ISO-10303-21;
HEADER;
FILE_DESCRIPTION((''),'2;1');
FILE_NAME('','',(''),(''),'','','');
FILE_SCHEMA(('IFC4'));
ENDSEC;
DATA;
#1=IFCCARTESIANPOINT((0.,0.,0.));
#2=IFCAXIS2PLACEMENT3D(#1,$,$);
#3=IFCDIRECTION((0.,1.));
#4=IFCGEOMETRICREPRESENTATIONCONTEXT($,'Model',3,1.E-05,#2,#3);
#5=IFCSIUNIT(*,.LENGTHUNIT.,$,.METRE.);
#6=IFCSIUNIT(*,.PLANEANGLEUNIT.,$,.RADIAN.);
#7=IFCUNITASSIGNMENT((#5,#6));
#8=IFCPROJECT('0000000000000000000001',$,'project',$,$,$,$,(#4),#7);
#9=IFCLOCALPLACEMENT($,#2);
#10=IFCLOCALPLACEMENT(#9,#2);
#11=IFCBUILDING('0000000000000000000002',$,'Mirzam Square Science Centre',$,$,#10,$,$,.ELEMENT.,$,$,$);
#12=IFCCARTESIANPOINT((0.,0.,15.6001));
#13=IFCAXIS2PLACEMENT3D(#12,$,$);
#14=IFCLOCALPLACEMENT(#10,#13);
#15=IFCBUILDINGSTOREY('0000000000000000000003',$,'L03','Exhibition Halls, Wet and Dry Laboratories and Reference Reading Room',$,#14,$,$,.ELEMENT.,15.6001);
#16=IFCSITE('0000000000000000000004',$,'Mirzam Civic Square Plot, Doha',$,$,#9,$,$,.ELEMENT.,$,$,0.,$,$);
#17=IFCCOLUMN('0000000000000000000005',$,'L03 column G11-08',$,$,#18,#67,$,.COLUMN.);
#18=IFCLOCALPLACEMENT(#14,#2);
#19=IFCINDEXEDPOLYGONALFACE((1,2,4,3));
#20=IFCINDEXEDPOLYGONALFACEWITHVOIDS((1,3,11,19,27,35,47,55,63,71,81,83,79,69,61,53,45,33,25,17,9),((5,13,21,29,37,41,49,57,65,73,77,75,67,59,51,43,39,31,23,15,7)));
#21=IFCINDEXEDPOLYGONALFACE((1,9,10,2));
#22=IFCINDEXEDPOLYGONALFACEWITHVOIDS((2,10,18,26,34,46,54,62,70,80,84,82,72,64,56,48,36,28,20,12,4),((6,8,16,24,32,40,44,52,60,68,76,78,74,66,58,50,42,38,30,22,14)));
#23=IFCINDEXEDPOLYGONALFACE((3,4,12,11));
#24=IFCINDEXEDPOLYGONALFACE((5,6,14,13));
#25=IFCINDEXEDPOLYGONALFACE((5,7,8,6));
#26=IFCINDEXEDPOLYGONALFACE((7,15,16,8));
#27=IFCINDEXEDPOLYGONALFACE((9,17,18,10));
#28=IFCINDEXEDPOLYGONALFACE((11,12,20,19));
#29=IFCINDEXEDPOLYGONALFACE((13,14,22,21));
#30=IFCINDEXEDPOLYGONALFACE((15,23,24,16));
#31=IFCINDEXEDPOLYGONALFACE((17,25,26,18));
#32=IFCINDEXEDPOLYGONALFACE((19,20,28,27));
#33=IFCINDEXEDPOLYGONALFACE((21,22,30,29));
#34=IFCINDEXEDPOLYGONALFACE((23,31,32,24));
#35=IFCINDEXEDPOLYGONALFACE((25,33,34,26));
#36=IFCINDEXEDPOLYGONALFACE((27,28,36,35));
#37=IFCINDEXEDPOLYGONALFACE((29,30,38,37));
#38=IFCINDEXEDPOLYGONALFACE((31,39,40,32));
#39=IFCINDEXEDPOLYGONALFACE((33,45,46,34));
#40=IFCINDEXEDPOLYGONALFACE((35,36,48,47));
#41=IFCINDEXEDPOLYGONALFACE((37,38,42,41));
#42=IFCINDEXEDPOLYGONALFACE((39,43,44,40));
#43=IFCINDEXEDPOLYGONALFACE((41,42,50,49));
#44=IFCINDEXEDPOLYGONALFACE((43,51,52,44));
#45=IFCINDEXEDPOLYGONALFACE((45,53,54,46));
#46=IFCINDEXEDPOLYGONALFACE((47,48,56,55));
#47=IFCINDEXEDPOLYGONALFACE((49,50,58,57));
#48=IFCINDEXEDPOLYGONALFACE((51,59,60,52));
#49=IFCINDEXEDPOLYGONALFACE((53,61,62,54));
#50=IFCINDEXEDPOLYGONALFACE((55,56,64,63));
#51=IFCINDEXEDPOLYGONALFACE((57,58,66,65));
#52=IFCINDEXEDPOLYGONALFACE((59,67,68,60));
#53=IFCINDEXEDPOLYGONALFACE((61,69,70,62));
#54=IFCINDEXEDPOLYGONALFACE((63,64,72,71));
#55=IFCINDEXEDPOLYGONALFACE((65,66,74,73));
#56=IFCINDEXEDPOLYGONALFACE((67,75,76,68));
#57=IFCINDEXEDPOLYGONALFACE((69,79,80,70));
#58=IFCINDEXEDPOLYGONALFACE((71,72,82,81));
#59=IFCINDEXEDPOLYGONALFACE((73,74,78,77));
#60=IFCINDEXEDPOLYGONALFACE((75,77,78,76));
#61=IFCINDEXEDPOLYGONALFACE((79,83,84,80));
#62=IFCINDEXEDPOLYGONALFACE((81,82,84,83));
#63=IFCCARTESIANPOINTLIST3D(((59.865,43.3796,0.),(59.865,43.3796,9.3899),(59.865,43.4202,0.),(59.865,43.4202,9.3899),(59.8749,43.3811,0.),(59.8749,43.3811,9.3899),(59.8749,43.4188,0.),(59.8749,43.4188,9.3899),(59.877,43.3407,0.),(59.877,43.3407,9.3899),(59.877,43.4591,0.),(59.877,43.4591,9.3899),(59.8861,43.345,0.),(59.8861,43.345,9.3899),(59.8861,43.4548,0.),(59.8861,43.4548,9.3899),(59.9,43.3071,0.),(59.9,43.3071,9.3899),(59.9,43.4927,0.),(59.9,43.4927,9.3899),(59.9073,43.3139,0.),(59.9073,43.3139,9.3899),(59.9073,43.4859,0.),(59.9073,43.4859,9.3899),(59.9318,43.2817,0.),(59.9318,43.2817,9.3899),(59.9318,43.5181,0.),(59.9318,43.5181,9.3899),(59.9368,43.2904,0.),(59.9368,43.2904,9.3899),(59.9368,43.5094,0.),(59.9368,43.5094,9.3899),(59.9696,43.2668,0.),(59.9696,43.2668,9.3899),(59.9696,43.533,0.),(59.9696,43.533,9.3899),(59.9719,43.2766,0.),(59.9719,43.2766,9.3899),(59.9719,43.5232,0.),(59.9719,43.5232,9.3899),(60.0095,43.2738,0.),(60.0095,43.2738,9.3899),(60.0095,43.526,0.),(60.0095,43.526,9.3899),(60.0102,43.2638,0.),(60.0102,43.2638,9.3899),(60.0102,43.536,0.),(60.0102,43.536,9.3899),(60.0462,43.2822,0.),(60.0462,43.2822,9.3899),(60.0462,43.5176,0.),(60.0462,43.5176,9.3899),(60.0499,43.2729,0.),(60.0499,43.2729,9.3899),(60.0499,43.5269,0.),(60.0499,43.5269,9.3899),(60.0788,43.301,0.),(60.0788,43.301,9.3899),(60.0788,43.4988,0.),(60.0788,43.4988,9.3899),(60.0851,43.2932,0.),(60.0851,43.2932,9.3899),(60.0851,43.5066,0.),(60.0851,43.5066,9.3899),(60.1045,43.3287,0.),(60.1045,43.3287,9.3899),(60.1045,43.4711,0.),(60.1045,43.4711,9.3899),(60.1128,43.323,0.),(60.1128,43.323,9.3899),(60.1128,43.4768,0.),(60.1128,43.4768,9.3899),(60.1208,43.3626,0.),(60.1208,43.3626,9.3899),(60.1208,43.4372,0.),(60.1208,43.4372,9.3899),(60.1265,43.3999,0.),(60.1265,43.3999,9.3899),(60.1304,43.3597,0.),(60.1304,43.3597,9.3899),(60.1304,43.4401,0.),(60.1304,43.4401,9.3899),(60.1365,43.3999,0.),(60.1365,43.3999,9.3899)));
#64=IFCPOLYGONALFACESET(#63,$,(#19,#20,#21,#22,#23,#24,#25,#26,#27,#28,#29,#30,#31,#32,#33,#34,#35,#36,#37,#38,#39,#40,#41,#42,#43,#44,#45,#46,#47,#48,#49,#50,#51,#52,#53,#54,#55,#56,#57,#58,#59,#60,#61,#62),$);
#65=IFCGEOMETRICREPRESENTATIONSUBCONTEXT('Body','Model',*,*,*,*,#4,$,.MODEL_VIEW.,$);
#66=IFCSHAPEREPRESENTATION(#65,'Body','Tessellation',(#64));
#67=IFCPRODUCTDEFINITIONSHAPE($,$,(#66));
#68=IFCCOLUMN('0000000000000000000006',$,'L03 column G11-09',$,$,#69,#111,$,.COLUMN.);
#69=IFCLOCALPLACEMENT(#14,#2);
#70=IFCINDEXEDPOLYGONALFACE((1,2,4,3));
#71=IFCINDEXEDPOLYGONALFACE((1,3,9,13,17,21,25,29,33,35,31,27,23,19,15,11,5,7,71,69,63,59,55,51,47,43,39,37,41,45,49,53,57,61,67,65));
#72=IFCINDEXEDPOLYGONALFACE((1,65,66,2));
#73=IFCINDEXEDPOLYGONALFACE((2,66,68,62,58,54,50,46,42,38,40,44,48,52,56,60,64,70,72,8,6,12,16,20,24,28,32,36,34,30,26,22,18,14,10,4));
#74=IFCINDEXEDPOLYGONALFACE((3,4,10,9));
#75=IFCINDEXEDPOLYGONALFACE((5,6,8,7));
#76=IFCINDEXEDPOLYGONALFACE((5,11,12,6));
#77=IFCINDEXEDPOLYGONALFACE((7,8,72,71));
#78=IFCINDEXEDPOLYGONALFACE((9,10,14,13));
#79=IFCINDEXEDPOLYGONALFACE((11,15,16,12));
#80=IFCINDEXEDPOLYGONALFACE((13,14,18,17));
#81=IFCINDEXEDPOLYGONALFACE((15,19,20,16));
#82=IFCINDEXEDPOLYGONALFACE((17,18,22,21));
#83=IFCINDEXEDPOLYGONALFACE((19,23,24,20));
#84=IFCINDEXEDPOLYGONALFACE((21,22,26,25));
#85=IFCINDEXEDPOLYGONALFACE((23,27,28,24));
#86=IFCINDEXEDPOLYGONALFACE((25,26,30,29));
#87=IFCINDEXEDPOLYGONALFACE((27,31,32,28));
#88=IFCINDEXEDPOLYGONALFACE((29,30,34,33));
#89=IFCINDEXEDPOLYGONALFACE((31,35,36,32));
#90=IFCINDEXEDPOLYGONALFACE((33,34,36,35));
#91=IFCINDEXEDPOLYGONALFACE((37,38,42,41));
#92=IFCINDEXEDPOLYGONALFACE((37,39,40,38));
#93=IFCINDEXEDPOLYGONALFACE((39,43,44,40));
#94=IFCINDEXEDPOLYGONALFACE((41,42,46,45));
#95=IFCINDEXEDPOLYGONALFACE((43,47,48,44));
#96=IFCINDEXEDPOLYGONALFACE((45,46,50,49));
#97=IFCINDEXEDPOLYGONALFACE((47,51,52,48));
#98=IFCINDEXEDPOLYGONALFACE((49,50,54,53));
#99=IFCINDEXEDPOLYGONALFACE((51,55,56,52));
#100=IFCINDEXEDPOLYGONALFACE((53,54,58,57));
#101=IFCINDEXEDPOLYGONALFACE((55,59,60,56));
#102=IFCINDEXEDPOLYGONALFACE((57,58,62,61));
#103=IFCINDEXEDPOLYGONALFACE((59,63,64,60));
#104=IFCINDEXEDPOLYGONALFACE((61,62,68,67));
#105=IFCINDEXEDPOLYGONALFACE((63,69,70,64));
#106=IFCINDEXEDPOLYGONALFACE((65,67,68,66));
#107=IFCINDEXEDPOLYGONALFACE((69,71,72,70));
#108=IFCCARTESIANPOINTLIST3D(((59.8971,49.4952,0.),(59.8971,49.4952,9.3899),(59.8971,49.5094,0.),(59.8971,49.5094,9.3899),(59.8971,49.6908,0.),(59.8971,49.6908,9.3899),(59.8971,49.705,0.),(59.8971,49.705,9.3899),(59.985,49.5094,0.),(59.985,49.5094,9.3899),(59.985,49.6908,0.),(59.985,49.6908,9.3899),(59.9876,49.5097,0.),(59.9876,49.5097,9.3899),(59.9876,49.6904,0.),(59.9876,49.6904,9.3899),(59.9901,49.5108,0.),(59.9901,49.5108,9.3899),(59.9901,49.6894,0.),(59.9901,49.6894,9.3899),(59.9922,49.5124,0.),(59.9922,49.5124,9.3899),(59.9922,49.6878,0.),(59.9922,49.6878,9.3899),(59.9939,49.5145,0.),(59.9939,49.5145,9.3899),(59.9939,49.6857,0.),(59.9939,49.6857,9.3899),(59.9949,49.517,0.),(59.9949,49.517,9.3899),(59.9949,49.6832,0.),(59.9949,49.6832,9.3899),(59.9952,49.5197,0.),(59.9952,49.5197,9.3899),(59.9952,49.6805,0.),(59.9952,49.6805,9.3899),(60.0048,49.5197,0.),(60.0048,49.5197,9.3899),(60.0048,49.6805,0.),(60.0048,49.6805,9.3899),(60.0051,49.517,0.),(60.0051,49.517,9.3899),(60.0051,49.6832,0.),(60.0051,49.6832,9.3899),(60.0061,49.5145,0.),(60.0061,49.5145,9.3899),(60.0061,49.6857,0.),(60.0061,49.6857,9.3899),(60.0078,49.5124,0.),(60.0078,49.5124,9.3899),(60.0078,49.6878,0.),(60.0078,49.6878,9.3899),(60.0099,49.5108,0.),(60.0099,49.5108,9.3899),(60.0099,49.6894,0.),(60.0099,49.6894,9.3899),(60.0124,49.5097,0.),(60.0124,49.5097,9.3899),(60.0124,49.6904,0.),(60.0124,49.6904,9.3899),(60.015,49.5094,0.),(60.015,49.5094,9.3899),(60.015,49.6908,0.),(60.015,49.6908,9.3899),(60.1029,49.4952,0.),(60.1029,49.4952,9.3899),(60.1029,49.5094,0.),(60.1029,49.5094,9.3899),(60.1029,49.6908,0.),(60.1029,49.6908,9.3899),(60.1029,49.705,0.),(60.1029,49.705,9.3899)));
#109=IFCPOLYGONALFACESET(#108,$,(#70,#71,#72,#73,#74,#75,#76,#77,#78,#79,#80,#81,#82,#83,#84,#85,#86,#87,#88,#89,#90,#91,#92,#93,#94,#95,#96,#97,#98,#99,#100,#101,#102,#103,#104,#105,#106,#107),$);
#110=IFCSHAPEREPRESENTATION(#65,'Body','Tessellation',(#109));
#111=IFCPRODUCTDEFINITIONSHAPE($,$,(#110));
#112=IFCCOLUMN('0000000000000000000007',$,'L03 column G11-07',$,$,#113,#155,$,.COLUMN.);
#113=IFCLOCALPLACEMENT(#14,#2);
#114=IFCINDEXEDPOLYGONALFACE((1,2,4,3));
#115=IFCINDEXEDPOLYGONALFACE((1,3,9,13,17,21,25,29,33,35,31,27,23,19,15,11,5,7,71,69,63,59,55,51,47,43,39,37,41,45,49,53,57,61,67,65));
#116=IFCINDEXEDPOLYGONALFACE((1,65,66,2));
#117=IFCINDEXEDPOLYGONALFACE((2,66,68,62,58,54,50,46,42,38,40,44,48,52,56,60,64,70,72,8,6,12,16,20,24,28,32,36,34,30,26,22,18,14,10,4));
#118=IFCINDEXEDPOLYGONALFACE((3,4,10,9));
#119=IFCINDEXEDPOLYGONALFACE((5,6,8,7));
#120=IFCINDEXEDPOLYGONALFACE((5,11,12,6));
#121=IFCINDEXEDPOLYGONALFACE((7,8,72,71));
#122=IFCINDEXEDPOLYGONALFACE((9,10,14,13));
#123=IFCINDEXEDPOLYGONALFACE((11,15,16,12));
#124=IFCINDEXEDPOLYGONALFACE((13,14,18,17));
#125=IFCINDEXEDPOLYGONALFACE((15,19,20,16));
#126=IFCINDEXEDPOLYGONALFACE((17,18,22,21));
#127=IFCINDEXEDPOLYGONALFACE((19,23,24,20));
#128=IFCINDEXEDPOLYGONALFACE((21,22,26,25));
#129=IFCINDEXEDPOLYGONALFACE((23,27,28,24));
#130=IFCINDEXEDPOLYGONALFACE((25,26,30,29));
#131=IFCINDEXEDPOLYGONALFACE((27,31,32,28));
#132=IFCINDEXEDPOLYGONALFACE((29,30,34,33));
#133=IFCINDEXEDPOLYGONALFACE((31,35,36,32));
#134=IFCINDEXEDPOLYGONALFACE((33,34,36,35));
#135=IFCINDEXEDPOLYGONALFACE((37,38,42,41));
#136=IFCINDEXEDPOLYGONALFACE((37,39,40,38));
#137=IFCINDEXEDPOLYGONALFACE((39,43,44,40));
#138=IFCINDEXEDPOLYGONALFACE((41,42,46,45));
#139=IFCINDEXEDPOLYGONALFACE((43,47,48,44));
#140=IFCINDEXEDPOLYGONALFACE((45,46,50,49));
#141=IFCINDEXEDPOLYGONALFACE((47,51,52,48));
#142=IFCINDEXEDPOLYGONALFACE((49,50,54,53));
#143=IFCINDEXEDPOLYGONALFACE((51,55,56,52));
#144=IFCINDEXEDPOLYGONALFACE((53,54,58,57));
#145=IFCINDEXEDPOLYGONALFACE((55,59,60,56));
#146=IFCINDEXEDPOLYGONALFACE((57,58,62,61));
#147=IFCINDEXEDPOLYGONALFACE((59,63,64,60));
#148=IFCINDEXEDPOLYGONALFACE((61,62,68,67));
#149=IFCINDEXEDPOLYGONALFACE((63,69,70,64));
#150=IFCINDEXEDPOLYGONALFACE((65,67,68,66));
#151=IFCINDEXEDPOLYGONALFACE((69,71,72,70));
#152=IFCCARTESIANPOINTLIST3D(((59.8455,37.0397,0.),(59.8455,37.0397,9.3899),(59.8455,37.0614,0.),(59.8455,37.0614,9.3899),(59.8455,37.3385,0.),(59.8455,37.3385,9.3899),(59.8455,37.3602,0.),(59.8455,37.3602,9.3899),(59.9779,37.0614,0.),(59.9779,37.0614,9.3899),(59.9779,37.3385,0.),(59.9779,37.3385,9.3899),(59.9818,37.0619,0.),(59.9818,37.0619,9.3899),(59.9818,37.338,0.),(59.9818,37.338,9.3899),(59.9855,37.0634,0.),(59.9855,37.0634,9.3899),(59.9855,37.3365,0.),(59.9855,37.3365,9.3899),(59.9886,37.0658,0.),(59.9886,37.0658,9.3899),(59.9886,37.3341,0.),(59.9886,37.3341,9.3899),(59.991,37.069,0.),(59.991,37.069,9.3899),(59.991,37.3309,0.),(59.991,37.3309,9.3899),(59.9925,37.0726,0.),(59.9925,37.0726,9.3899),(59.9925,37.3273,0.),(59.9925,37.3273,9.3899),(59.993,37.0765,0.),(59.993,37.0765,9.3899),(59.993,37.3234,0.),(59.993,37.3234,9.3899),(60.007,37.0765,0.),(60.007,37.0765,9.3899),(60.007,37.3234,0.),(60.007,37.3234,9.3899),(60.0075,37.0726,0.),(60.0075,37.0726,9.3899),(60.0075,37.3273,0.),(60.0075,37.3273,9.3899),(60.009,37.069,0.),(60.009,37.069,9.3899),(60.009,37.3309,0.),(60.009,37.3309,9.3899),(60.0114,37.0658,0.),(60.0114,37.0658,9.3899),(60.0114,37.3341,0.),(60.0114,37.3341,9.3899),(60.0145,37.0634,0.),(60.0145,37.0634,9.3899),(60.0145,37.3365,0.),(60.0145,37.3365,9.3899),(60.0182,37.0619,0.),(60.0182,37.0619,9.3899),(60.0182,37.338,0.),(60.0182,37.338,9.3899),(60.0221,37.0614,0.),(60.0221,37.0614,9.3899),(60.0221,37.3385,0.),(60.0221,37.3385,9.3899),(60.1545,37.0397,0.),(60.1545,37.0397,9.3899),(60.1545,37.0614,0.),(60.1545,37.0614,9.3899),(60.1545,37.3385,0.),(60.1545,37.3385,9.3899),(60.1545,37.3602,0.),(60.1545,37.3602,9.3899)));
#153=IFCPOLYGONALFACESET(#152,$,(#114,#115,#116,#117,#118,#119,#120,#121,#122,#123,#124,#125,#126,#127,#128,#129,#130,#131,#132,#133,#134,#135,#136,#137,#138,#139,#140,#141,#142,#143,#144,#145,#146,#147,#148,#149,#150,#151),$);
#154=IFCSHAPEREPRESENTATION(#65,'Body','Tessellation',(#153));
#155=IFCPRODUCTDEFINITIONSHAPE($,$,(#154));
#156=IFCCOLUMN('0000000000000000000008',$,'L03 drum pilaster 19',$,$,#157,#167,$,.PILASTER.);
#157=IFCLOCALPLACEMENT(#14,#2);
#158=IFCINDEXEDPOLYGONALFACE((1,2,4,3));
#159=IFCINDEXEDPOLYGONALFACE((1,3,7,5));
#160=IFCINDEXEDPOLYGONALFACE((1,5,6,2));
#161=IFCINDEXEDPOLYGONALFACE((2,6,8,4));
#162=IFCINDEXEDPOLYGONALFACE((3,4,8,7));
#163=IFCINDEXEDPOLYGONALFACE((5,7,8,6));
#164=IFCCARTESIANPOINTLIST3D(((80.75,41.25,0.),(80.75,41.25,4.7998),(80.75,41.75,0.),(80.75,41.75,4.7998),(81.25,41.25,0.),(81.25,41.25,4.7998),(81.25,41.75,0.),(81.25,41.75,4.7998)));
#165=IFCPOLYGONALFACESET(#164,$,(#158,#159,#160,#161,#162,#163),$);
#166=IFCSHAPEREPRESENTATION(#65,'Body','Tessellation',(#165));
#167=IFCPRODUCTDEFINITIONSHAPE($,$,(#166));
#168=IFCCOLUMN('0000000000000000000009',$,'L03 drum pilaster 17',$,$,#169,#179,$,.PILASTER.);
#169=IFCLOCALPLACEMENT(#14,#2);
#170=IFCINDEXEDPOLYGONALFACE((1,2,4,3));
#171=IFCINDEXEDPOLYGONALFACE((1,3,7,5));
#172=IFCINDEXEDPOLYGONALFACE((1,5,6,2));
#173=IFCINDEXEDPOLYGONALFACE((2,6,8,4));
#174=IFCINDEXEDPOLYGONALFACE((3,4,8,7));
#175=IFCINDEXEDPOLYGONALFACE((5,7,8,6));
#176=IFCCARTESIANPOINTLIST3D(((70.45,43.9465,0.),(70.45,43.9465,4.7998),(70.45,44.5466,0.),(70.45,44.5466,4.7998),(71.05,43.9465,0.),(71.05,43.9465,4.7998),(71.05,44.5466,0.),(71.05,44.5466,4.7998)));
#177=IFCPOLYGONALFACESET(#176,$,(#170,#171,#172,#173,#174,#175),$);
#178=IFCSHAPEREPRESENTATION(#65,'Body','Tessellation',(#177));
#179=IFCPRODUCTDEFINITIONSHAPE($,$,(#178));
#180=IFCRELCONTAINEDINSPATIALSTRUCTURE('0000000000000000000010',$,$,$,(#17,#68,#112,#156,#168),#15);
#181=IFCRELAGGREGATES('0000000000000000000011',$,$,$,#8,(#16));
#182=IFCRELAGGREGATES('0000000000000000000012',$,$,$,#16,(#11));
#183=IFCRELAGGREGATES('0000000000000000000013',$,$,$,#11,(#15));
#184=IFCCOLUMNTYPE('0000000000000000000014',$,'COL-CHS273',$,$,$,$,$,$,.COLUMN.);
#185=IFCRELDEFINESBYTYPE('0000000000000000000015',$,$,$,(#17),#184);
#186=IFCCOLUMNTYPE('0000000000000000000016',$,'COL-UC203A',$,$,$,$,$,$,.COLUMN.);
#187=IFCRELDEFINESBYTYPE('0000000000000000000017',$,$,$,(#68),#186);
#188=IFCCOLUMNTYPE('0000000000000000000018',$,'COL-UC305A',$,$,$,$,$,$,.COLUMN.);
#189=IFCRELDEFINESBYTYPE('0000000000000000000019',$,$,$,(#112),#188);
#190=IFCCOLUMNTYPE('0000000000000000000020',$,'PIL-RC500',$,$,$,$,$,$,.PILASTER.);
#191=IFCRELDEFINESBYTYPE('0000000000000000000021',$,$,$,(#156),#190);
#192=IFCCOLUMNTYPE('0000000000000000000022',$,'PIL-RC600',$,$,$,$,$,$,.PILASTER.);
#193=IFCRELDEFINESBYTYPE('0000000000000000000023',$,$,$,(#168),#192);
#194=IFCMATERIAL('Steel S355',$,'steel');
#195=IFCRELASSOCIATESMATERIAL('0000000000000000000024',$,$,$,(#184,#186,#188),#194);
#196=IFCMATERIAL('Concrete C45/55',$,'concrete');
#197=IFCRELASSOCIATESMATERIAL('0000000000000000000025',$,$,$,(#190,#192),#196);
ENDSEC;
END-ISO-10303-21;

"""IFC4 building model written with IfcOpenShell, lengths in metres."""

from ifc_helpers import new_model, si_unit, direction, frame, origin, origin_2d, place, context, subcontext, project, spatial, rectangle, hollow_circle, i_section, extrude, material, material_profile, profile_set, type_object, element, save


model = new_model("IFC4")

# Units and contexts
model_context = context("Model", 3, precision=1e-05, world=origin(), true_north=direction((0.0, 1.0)))
body_context = subcontext(model_context, "Body", "Model", "MODEL_VIEW")
ifc_project = project(units=[si_unit("LENGTHUNIT", "METRE"), si_unit("PLANEANGLEUNIT", "RADIAN")], contexts=[model_context])

# Site, building, storey
site_placement = place(None, origin())
site = spatial("IfcSite", under=ifc_project, at=site_placement, Name="Mirzam Civic Square Plot, Doha", CompositionType="ELEMENT", RefElevation=0.0)
building_placement = place(site_placement, origin())
building = spatial("IfcBuilding", under=site, at=building_placement, Name="Mirzam Square Science Centre", CompositionType="ELEMENT")
storey_placement = place(building_placement, frame((0.0, 0.0, 15.6001)))
storey = spatial("IfcBuildingStorey", under=building, at=storey_placement, Name="L03", Description="Exhibition Halls, Wet and Dry Laboratories and Reference Reading Room", CompositionType="ELEMENT", Elevation=15.6001)

# Columns
ifc_material_1 = material(Name="Steel S355", Category="steel")
ifc_material_profile_1 = material_profile(ifc_material_1, hollow_circle(Radius=0.1365, WallThickness=0.01, at=origin_2d()), Name="273.0x10.0CHS")
ifc_profile_set_1 = profile_set([ifc_material_profile_1], Name="Steel S355")
column_type_1 = type_object("IfcColumnType", Name="COL-CHS273", PredefinedType="COLUMN", material=ifc_profile_set_1)
column_1_placement = place(storey_placement, frame((60.0, 43.3999, 0.0), z_axis=(0.0, 0.0, 1.0), x_axis=(1.0, 0.0, 0.0)))
element("IfcColumn", 1, at=column_1_placement, inside=storey, type_object=column_type_1, Name="L03 column G11-08", PredefinedType="COLUMN", context=body_context, shape_type="SweptSolid", body=[
    extrude(hollow_circle(Radius=0.1365, WallThickness=0.01, at=origin_2d()), origin(), (0.0, 0.0, 1.0), 9.3899),
])
ifc_material_profile_2 = material_profile(ifc_material_1, i_section(OverallWidth=0.2058, OverallDepth=0.2097, WebThickness=0.0095, FlangeThickness=0.0142, FilletRadius=0.0103, at=origin_2d()), Name="203x203x60UC")
ifc_profile_set_2 = profile_set([ifc_material_profile_2], Name="Steel S355")
column_type_2 = type_object("IfcColumnType", Name="COL-UC203A", PredefinedType="COLUMN", material=ifc_profile_set_2)
column_2_placement = place(storey_placement, frame((60.0, 49.6001, 0.0), z_axis=(0.0, 0.0, 1.0), x_axis=(1.0, 0.0, 0.0)))
element("IfcColumn", 2, at=column_2_placement, inside=storey, type_object=column_type_2, Name="L03 column G11-09", PredefinedType="COLUMN", context=body_context, shape_type="SweptSolid", body=[
    extrude(i_section(OverallWidth=0.2058, OverallDepth=0.2097, WebThickness=0.0095, FlangeThickness=0.0142, FilletRadius=0.0103, at=origin_2d()), origin(), (0.0, 0.0, 1.0), 9.3899),
])
ifc_material_profile_3 = material_profile(ifc_material_1, i_section(OverallWidth=0.3091, OverallDepth=0.3206, WebThickness=0.0139, FlangeThickness=0.0217, FilletRadius=0.0151, at=origin_2d()), Name="305x305x137UC")
ifc_profile_set_3 = profile_set([ifc_material_profile_3], Name="Steel S355")
column_type_3 = type_object("IfcColumnType", Name="COL-UC305A", PredefinedType="COLUMN", material=ifc_profile_set_3)
column_3_placement = place(storey_placement, frame((60.0, 37.2, 0.0), z_axis=(0.0, 0.0, 1.0), x_axis=(1.0, 0.0, 0.0)))
element("IfcColumn", 3, at=column_3_placement, inside=storey, type_object=column_type_3, Name="L03 column G11-07", PredefinedType="COLUMN", context=body_context, shape_type="SweptSolid", body=[
    extrude(i_section(OverallWidth=0.3091, OverallDepth=0.3206, WebThickness=0.0139, FlangeThickness=0.0217, FilletRadius=0.0151, at=origin_2d()), origin(), (0.0, 0.0, 1.0), 9.3899),
])
ifc_material_2 = material(Name="Concrete C45/55", Category="concrete")
ifc_material_profile_4 = material_profile(ifc_material_2, rectangle(XDim=0.5, YDim=0.5, at=origin_2d()), Name="RC500x500")
ifc_profile_set_4 = profile_set([ifc_material_profile_4], Name="Concrete C45/55")
column_type_4 = type_object("IfcColumnType", Name="PIL-RC500", PredefinedType="PILASTER", material=ifc_profile_set_4)
column_4_placement = place(storey_placement, frame((81.0, 41.5, 0.0), z_axis=(0.0, 0.0, 1.0), x_axis=(1.0, 0.0, 0.0)))
element("IfcColumn", 4, at=column_4_placement, inside=storey, type_object=column_type_4, Name="L03 drum pilaster 19", PredefinedType="PILASTER", context=body_context, shape_type="SweptSolid", body=[
    extrude(rectangle(XDim=0.5, YDim=0.5, at=origin_2d()), origin(), (0.0, 0.0, 1.0), 4.7998),
])
ifc_material_profile_5 = material_profile(ifc_material_2, rectangle(XDim=0.6001, YDim=0.6001, at=origin_2d()), Name="RC600x600")
ifc_profile_set_5 = profile_set([ifc_material_profile_5], Name="Concrete C45/55")
column_type_5 = type_object("IfcColumnType", Name="PIL-RC600", PredefinedType="PILASTER", material=ifc_profile_set_5)
column_5_placement = place(storey_placement, frame((70.75, 44.2466, 0.0), z_axis=(0.0, 0.0, 1.0), x_axis=(1.0, 0.0, 0.0)))
element("IfcColumn", 5, at=column_5_placement, inside=storey, type_object=column_type_5, Name="L03 drum pilaster 17", PredefinedType="PILASTER", context=body_context, shape_type="SweptSolid", body=[
    extrude(rectangle(XDim=0.6001, YDim=0.6001, at=origin_2d()), origin(), (0.0, 0.0, 1.0), 4.7998),
])

save(model, "model.ifc")
